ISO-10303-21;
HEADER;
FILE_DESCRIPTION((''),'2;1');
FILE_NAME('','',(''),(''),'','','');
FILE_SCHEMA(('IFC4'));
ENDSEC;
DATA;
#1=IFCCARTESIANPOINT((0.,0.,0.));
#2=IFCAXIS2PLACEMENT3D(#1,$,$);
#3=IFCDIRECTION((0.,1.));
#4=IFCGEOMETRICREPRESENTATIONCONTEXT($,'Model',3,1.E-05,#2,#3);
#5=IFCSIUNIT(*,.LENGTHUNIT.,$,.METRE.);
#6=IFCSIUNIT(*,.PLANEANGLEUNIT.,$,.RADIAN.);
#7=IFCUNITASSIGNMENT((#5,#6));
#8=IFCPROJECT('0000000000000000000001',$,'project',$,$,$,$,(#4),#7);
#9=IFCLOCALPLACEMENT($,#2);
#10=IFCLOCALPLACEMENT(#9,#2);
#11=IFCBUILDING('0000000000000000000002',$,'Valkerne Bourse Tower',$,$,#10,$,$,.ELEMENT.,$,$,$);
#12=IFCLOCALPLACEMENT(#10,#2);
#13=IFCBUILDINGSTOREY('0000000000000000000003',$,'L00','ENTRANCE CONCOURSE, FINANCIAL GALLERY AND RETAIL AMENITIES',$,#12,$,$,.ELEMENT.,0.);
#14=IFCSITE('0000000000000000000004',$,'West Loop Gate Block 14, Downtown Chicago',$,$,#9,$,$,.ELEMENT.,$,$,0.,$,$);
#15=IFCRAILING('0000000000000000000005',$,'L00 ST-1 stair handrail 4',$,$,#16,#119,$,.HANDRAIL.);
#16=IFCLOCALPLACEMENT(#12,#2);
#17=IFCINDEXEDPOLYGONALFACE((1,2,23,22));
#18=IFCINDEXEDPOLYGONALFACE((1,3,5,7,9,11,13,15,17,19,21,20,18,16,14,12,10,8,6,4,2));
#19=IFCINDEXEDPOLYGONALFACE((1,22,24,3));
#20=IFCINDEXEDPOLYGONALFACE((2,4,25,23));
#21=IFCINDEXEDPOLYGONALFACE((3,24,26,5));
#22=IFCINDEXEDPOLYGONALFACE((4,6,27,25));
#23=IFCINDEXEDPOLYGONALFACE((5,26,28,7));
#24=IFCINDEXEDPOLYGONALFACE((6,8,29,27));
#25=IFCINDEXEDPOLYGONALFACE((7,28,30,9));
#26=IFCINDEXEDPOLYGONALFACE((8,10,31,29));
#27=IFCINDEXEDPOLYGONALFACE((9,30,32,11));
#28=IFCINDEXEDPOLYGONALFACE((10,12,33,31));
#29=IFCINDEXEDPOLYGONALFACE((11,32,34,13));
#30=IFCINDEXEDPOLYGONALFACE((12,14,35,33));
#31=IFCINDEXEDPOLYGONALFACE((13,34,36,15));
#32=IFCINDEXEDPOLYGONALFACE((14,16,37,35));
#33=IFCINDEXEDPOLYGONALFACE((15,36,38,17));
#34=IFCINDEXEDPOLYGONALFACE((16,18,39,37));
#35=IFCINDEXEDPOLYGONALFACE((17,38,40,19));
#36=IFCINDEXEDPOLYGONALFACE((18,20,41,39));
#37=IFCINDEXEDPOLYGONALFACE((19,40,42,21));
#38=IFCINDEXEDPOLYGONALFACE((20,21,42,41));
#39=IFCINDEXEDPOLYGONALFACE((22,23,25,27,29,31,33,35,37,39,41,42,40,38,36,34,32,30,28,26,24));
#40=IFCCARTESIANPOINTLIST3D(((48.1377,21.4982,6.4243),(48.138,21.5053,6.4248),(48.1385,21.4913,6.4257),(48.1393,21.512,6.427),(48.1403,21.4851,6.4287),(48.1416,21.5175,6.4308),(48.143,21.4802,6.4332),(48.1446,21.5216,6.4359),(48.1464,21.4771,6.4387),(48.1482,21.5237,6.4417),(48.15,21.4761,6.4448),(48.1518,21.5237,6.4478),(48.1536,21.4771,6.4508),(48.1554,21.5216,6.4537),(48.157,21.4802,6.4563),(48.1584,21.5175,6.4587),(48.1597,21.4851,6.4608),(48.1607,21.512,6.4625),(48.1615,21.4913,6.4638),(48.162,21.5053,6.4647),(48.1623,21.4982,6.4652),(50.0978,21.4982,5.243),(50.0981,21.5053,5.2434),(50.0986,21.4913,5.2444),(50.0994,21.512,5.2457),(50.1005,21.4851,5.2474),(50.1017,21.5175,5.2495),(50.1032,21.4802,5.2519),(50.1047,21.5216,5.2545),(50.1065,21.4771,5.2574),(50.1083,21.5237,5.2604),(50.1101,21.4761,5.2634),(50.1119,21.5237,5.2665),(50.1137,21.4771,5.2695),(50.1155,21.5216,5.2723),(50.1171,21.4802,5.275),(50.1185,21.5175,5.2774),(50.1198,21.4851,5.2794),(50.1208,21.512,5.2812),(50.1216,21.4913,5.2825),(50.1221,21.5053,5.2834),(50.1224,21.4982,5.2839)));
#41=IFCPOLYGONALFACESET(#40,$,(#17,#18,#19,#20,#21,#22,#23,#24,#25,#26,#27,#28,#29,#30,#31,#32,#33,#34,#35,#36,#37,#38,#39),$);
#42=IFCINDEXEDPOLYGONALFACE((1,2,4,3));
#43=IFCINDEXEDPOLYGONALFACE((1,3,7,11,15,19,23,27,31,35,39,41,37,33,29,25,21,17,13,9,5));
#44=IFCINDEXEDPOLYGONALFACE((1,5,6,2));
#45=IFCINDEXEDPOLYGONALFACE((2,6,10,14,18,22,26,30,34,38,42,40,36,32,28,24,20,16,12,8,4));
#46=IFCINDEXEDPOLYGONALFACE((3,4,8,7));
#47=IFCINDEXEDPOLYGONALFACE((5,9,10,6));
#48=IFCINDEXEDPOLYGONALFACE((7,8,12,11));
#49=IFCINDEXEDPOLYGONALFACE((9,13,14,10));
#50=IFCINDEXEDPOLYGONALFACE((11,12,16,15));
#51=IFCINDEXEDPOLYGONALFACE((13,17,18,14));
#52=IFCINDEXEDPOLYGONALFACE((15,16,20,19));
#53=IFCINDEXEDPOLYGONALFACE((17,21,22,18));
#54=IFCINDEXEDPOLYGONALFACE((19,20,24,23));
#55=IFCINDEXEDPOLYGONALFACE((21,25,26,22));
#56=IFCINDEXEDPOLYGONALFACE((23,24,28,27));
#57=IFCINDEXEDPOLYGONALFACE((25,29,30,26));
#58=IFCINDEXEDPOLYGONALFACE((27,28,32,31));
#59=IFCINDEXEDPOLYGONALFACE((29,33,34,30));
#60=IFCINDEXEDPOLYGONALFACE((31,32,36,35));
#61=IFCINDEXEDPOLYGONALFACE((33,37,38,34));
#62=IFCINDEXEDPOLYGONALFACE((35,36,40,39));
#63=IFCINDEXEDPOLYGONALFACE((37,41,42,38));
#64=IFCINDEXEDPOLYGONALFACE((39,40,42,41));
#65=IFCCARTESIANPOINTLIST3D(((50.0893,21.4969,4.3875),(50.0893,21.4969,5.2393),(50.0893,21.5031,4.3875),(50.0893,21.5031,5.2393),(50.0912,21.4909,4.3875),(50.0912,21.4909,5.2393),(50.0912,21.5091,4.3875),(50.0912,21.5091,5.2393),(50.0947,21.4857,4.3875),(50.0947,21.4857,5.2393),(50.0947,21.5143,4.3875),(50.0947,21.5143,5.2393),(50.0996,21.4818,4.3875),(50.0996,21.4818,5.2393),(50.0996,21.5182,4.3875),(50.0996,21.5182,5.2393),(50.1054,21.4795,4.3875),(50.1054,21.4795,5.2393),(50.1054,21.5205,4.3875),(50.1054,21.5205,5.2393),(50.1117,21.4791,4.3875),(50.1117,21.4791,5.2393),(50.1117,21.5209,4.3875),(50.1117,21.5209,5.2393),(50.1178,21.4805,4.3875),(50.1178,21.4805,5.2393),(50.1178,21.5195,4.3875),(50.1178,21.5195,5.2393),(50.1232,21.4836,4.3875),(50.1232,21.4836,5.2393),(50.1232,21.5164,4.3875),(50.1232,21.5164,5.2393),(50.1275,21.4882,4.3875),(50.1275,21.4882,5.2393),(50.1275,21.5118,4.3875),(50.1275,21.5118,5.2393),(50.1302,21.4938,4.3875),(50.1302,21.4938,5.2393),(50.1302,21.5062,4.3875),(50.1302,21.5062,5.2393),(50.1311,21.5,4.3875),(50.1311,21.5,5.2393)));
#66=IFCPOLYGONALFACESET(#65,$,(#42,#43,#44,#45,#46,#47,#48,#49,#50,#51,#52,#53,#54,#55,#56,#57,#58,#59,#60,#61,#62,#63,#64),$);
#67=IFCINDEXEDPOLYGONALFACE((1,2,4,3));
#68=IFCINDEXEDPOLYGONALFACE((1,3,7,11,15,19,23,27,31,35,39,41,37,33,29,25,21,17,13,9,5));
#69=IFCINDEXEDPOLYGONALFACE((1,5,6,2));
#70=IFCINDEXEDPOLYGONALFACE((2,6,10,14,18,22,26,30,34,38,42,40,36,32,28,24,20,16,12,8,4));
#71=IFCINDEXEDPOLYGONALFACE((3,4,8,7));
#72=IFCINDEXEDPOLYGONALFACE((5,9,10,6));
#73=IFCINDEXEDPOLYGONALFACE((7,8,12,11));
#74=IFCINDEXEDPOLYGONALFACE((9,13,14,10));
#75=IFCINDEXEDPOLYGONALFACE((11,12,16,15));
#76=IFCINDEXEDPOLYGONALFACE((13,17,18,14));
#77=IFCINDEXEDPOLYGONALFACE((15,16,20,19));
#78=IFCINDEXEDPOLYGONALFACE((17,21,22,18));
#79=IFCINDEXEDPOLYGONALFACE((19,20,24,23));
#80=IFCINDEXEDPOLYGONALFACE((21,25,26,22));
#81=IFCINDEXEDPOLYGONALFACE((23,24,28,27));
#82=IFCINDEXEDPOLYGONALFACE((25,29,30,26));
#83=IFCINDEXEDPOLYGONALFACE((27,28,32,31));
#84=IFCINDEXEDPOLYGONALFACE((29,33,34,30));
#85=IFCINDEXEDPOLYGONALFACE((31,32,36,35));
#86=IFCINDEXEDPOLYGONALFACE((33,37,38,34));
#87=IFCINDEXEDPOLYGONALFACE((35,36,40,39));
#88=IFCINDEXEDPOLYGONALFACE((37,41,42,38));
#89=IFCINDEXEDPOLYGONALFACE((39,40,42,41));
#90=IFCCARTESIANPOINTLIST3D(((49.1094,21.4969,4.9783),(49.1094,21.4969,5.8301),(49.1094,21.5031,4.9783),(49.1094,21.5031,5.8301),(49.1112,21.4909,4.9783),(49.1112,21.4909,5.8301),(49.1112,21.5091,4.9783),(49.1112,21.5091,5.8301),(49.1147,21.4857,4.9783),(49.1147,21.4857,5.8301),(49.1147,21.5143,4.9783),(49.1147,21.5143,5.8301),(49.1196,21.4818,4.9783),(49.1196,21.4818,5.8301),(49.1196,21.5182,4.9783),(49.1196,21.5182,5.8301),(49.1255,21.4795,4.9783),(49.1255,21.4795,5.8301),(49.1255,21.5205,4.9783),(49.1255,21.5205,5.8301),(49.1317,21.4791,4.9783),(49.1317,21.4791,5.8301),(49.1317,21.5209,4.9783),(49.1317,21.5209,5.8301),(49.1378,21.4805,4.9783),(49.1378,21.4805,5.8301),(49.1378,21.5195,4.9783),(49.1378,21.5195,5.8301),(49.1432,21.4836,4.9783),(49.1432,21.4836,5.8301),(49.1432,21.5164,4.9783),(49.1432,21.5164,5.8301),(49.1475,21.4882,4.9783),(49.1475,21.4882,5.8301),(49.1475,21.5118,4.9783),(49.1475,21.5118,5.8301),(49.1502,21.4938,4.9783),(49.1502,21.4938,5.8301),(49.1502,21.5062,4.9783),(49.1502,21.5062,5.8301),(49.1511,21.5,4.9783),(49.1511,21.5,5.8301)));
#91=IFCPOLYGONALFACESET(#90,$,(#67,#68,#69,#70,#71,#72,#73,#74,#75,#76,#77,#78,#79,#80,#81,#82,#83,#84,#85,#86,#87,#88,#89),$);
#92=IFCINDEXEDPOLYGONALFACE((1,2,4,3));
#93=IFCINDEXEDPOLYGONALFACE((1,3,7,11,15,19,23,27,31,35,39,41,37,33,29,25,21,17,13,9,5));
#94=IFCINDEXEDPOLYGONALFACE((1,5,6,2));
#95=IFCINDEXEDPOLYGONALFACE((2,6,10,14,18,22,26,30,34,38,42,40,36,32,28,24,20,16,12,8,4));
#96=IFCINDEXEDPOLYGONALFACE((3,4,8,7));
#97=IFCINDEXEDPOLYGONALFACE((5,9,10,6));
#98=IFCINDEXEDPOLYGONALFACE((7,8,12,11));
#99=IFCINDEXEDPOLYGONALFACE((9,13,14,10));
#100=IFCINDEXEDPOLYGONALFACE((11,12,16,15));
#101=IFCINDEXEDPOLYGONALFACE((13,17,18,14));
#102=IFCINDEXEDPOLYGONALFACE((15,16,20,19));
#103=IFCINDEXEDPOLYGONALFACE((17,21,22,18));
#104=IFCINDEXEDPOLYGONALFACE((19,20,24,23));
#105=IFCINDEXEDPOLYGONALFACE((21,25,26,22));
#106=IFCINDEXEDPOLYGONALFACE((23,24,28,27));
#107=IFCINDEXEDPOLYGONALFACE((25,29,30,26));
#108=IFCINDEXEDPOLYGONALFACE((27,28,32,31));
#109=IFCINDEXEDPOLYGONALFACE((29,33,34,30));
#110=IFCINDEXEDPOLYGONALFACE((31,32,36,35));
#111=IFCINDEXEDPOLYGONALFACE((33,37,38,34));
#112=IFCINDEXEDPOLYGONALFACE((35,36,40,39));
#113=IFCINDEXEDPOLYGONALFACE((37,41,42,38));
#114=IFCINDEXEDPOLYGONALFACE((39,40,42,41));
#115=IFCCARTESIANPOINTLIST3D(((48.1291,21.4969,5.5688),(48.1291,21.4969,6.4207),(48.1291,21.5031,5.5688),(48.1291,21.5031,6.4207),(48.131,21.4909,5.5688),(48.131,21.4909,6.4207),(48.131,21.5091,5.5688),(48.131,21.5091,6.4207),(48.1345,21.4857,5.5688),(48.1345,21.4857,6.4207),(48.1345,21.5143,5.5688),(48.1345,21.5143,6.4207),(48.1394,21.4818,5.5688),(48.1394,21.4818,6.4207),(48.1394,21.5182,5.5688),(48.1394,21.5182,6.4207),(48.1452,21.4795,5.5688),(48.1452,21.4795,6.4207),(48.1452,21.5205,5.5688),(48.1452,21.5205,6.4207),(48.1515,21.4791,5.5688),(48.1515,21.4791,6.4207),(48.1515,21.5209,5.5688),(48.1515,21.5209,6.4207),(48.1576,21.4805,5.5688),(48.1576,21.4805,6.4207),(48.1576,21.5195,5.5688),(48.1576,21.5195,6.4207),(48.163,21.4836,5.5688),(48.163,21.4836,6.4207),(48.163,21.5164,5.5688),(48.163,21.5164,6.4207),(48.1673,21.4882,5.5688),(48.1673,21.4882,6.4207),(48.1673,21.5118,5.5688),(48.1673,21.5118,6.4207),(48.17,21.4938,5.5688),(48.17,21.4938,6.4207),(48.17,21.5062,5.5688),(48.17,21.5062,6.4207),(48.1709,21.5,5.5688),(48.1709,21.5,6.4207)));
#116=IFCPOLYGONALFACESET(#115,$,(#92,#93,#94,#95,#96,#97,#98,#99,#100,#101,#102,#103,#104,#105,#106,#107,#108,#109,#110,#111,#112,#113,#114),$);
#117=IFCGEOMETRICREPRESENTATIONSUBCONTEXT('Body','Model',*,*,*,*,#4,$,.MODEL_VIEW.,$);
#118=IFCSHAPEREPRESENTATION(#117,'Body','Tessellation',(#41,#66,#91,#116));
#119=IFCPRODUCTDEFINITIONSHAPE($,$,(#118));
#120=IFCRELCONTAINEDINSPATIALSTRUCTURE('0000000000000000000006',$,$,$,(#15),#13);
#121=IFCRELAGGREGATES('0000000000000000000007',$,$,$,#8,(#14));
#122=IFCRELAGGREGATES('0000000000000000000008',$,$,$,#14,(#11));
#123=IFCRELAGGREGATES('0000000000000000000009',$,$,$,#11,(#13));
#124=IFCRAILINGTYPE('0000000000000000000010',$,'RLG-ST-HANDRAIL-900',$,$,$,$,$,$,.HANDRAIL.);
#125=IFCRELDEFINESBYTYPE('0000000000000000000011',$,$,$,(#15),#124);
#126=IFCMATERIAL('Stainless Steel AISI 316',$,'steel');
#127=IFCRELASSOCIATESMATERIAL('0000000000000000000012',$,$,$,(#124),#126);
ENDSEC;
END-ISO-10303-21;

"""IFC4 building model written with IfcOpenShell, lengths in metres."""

from ifc_helpers import new_model, si_unit, direction, frame, origin, origin_2d, place, context, subcontext, project, spatial, circle, extrude, material, type_object, element, save


model = new_model("IFC4")

# Units and contexts
model_context = context("Model", 3, precision=1e-05, world=origin(), true_north=direction((0.0, 1.0)))
body_context = subcontext(model_context, "Body", "Model", "MODEL_VIEW")
ifc_project = project(units=[si_unit("LENGTHUNIT", "METRE"), si_unit("PLANEANGLEUNIT", "RADIAN")], contexts=[model_context])

# Site, building, storey
site_placement = place(None, origin())
site = spatial("IfcSite", under=ifc_project, at=site_placement, Name="West Loop Gate Block 14, Downtown Chicago", CompositionType="ELEMENT", RefElevation=0.0)
building_placement = place(site_placement, origin())
building = spatial("IfcBuilding", under=site, at=building_placement, Name="Valkerne Bourse Tower", CompositionType="ELEMENT")
storey_placement = place(building_placement, origin())
storey = spatial("IfcBuildingStorey", under=building, at=storey_placement, Name="L00", Description="ENTRANCE CONCOURSE, FINANCIAL GALLERY AND RETAIL AMENITIES", CompositionType="ELEMENT", Elevation=0.0)

# Shared definitions
ifc_material_1 = material(Name="Stainless Steel AISI 316", Category="steel")

# Railing
railing_type_1 = type_object("IfcRailingType", Name="RLG-ST-HANDRAIL-900", PredefinedType="HANDRAIL", material=ifc_material_1)
railing_1_placement = place(storey_placement, frame((50.1101, 21.5, 4.3875)))
element("IfcRailing", 1, at=railing_1_placement, inside=storey, type_object=railing_type_1, Name="L00 ST-1 stair handrail 4", PredefinedType="HANDRAIL", context=body_context, shape_type="SweptSolid", body=[
    extrude(circle(Radius=0.0239, at=origin_2d()), frame((0.0, 0.0, 0.876), z_axis=(-0.856475, 0.0, 0.516189), x_axis=(0.0, -1.0, 0.0)), (0.0, 0.0, 1.0), 2.2886),
    extrude(circle(Radius=0.021, at=origin_2d()), origin(), (0.0, 0.0, 1.0), 0.8518),
    extrude(circle(Radius=0.021, at=origin_2d()), frame((-0.98, 0.0, 0.5908)), (0.0, 0.0, 1.0), 0.8518),
    extrude(circle(Radius=0.021, at=origin_2d()), frame((-1.9602, 0.0, 1.1814)), (0.0, 0.0, 1.0), 0.8518),
])

save(model, "model.ifc")
